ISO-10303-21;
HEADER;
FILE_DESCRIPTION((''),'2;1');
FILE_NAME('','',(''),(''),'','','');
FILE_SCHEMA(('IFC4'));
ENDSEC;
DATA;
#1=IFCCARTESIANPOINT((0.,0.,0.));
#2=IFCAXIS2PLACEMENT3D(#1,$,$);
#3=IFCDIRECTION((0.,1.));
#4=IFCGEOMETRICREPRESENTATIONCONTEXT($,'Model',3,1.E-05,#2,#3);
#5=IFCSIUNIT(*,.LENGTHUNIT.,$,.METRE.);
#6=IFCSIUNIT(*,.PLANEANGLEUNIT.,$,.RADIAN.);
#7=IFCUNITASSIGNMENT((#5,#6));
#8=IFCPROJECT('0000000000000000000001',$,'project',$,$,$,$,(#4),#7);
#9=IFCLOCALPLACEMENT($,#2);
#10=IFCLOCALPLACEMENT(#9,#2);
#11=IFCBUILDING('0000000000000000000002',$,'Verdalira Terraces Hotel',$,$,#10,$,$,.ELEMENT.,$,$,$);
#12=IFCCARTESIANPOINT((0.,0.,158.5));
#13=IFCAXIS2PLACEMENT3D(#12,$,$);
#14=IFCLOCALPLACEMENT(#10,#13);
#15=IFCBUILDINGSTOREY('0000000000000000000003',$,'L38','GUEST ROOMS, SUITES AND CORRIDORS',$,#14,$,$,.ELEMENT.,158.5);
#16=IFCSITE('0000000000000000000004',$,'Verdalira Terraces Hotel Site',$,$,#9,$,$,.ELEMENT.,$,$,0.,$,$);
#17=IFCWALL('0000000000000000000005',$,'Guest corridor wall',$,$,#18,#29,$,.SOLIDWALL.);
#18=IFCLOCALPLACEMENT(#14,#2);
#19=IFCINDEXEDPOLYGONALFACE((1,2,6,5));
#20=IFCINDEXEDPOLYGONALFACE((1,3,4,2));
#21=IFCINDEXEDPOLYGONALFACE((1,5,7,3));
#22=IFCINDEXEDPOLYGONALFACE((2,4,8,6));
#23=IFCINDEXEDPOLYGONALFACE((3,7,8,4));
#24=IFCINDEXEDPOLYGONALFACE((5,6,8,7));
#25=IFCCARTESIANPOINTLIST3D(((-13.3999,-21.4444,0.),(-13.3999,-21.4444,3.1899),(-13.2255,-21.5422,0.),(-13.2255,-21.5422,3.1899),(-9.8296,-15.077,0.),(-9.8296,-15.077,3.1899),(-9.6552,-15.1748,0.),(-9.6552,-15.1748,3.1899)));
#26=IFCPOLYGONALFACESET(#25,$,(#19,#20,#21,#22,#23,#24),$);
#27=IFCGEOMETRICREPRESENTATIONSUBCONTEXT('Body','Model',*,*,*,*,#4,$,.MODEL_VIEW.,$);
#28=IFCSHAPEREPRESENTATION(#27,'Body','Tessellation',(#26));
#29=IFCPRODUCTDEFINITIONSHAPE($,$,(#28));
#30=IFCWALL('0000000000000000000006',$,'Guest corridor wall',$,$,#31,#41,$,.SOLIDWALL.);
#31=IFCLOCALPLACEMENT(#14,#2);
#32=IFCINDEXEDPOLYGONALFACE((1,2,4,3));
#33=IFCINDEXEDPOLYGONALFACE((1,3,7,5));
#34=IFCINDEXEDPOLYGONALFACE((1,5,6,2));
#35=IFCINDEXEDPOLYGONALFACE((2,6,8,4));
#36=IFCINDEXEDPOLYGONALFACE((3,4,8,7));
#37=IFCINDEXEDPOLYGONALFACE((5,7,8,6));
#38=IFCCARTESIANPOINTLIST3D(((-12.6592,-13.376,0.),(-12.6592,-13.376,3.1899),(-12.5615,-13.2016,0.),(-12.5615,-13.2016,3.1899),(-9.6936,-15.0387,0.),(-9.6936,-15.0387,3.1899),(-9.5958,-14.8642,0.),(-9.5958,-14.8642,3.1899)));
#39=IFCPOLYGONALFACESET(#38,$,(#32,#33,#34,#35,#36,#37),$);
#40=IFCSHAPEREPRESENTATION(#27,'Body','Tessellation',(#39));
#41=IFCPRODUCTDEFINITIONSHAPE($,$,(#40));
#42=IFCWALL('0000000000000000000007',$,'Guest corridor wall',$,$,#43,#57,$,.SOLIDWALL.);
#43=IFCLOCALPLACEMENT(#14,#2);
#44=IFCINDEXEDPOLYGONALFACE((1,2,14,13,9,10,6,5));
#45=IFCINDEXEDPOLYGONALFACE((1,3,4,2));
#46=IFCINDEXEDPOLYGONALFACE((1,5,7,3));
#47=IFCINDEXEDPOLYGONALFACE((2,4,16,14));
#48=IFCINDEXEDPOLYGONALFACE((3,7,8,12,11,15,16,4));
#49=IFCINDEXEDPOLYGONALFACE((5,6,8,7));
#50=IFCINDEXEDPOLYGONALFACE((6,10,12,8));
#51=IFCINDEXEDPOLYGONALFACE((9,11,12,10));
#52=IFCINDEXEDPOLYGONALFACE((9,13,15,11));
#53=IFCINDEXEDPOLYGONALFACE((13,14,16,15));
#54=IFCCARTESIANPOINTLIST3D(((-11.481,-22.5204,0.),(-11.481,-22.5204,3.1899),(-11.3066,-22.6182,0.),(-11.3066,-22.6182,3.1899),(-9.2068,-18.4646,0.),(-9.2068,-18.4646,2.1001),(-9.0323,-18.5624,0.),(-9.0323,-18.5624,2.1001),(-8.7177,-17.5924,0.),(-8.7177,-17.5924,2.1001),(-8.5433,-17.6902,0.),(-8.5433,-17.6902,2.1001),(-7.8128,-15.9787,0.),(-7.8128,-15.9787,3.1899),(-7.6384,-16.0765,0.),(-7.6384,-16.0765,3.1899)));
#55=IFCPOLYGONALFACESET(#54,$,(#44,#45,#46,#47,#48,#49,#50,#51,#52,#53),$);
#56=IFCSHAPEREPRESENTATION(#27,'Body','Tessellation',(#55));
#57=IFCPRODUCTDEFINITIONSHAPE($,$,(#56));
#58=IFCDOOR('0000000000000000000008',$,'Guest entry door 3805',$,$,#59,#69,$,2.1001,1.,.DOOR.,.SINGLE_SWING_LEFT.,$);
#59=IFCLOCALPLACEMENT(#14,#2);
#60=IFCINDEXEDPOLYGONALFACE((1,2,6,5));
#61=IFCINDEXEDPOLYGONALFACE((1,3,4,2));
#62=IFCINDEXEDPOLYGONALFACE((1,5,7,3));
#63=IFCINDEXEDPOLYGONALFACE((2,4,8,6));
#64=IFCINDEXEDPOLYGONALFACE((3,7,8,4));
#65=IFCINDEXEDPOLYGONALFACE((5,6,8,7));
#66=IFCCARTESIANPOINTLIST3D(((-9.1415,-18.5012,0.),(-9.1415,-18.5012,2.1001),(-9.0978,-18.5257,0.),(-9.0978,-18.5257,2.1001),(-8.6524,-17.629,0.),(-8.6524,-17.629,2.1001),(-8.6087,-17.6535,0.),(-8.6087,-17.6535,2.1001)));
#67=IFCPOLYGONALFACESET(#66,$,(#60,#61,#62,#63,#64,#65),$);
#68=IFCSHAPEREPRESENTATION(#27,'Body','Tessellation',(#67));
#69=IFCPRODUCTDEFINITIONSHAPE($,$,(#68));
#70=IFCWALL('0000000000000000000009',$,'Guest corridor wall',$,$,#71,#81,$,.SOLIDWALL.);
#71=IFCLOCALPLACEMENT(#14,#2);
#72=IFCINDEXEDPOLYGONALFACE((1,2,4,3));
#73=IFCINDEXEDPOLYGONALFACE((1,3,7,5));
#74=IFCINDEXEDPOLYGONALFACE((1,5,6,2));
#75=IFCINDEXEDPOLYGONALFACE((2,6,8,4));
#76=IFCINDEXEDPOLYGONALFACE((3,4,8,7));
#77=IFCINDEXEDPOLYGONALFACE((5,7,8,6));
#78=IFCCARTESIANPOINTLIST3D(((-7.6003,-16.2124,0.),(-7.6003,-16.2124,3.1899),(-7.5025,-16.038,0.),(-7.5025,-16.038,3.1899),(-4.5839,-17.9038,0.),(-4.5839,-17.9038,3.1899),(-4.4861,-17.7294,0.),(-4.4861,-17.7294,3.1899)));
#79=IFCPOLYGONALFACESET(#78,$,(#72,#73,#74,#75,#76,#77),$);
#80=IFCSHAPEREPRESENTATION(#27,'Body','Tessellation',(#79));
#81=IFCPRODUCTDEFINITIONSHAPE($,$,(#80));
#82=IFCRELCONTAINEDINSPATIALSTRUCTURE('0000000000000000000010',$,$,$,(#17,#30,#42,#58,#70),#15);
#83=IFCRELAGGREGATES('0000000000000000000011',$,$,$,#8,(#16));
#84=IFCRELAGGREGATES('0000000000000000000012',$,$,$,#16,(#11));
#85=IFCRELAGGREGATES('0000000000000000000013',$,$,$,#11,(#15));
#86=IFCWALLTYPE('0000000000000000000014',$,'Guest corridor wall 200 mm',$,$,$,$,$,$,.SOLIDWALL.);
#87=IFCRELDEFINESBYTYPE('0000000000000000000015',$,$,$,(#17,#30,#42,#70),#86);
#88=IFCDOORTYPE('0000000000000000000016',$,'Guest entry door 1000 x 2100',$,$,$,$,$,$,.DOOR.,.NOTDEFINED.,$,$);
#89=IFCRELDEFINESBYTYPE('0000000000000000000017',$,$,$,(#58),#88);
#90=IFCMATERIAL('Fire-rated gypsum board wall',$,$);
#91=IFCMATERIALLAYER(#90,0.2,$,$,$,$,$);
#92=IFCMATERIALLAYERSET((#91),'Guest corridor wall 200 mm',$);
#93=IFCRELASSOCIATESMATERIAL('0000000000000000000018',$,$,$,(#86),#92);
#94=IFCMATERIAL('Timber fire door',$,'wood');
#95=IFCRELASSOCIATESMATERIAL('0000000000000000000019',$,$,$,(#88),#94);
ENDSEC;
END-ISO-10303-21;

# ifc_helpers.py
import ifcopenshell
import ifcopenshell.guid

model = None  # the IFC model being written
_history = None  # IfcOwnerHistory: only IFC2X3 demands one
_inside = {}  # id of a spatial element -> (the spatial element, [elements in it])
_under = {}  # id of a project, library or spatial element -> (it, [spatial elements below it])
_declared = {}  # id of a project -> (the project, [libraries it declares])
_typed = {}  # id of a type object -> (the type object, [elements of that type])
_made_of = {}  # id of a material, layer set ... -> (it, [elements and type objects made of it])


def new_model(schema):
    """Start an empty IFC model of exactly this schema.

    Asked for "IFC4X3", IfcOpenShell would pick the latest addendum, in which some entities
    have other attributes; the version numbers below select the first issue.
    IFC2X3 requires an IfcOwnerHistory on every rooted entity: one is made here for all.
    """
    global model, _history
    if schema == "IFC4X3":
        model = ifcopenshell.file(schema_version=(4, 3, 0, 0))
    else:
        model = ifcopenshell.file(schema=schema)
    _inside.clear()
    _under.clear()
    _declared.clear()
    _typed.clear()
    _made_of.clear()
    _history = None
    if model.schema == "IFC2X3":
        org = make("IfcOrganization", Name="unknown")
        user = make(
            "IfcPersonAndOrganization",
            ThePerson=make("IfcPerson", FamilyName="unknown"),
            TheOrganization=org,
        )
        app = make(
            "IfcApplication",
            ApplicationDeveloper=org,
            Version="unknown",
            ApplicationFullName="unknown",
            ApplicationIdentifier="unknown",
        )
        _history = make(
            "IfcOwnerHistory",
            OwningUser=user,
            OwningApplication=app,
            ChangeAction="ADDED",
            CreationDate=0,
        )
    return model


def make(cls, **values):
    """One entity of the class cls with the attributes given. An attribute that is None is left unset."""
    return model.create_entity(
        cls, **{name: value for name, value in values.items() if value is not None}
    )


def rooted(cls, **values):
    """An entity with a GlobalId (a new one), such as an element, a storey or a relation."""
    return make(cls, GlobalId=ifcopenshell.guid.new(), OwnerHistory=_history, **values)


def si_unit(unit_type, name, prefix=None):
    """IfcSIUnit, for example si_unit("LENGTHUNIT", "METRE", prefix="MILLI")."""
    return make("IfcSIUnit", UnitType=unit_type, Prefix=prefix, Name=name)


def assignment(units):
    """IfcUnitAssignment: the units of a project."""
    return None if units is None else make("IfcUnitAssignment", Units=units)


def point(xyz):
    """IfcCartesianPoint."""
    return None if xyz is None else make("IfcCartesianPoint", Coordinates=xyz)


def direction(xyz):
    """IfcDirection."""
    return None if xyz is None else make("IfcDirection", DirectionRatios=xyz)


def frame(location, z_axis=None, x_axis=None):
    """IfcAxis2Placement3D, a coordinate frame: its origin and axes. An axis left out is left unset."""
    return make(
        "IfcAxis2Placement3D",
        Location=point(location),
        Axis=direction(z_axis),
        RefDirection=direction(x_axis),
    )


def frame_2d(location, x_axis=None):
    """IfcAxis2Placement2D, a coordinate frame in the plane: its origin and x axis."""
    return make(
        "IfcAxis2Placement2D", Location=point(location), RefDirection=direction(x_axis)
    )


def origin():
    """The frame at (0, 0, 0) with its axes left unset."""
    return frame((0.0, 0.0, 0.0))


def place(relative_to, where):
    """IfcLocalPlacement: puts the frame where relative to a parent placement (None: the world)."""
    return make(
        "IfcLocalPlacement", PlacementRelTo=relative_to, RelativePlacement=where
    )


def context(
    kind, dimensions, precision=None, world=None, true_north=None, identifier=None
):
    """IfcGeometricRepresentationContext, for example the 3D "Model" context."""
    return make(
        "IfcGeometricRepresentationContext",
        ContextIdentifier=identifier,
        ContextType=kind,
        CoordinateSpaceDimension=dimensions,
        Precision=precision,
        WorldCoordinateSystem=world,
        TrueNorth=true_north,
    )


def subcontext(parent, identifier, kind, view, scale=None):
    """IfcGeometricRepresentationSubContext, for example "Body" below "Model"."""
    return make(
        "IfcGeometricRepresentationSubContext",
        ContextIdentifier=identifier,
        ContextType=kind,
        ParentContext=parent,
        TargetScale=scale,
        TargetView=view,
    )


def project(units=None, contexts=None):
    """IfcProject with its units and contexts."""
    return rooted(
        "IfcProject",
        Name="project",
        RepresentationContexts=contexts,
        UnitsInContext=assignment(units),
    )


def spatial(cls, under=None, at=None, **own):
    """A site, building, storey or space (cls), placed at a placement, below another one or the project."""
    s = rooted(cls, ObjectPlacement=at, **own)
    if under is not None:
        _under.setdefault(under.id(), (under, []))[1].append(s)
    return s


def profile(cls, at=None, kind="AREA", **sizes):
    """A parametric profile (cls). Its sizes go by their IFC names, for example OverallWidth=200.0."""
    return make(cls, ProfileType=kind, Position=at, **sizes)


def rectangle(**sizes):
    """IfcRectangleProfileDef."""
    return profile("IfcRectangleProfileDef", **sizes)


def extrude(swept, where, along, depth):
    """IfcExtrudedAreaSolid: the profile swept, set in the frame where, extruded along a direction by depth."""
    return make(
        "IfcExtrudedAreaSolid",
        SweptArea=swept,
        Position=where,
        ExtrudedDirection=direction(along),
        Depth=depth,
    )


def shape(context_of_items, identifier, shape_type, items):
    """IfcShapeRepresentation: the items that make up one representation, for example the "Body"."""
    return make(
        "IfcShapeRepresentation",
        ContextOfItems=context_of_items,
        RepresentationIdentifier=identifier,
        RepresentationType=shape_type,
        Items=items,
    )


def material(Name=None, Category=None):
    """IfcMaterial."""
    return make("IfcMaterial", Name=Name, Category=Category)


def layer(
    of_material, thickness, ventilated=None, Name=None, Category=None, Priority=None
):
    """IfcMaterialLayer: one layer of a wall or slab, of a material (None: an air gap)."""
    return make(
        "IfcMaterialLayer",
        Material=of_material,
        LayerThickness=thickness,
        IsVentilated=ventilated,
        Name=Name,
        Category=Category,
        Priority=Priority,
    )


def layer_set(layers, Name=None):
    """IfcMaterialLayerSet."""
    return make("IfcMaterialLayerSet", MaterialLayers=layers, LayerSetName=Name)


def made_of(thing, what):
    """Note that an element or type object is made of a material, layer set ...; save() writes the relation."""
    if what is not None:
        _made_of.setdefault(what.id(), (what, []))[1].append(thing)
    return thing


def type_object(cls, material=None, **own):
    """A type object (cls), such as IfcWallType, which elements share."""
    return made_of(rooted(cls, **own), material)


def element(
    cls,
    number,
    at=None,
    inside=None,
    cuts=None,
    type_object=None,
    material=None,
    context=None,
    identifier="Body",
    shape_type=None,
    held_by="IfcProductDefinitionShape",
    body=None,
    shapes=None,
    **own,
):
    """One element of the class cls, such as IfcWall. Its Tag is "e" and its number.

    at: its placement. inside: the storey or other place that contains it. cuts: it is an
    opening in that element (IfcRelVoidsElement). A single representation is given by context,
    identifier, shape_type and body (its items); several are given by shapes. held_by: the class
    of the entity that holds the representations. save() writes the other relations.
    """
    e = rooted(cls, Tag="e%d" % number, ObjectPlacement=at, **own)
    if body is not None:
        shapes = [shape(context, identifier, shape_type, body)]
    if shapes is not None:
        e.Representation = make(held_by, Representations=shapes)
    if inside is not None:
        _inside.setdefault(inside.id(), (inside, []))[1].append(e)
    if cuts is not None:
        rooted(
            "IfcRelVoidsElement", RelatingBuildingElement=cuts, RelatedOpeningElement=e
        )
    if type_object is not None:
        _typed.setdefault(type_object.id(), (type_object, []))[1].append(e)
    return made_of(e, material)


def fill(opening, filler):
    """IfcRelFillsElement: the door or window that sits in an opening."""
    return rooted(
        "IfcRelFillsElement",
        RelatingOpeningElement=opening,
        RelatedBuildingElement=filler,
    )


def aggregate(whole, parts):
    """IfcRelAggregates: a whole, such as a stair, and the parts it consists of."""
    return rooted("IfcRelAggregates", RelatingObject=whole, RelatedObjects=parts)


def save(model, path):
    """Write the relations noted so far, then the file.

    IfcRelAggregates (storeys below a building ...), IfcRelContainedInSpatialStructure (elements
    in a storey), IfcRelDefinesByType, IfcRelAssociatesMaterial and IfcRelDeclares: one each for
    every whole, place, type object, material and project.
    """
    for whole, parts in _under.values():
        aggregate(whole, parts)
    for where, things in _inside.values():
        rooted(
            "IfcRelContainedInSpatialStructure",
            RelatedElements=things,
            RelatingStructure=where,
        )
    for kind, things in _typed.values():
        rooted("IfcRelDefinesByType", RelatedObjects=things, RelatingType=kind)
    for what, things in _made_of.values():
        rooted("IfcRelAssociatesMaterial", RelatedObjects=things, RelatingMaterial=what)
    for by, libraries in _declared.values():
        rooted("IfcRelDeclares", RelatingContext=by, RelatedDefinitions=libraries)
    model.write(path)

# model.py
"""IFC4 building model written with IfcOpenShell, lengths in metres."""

from ifc_helpers import new_model, si_unit, direction, frame, frame_2d, origin, place, context, subcontext, project, spatial, rectangle, extrude, material, layer, layer_set, type_object, element, fill, save


model = new_model("IFC4")

# Units and contexts
model_context = context("Model", 3, precision=1e-05, world=origin(), true_north=direction((0.0, 1.0)))
body_context = subcontext(model_context, "Body", "Model", "MODEL_VIEW")
ifc_project = project(units=[si_unit("LENGTHUNIT", "METRE"), si_unit("PLANEANGLEUNIT", "RADIAN")], contexts=[model_context])

# Site, building, storey
site_placement = place(None, origin())
site = spatial("IfcSite", under=ifc_project, at=site_placement, Name="Verdalira Terraces Hotel Site", CompositionType="ELEMENT", RefElevation=0.0)
building_placement = place(site_placement, origin())
building = spatial("IfcBuilding", under=site, at=building_placement, Name="Verdalira Terraces Hotel", CompositionType="ELEMENT")
storey_placement = place(building_placement, frame((0.0, 0.0, 158.5)))
storey = spatial("IfcBuildingStorey", under=building, at=storey_placement, Name="L38", Description="GUEST ROOMS, SUITES AND CORRIDORS", CompositionType="ELEMENT", Elevation=158.5)

# Walls
ifc_material_1 = material(Name="Fire-rated gypsum board wall")
ifc_layer_1 = layer(ifc_material_1, 0.2)
ifc_layer_set_1 = layer_set([ifc_layer_1], Name="Guest corridor wall 200 mm")
wall_type_1 = type_object("IfcWallType", Name="Guest corridor wall 200 mm", PredefinedType="SOLIDWALL", material=ifc_layer_set_1)
wall_1_placement = place(storey_placement, frame((-9.7424, -15.126, 0.0), z_axis=(0.0, 0.0, 1.0), x_axis=(-0.489078, -0.87224, 0.0)))
element("IfcWall", 1, at=wall_1_placement, inside=storey, type_object=wall_type_1, Name="Guest corridor wall", PredefinedType="SOLIDWALL", context=body_context, shape_type="SweptSolid", body=[
    extrude(rectangle(XDim=7.3, YDim=0.2, at=frame_2d((3.6499, 0.0))), origin(), (0.0, 0.0, 1.0), 3.1899),
])
wall_2_placement = place(storey_placement, frame((-12.6104, -13.2888, 0.0), z_axis=(0.0, 0.0, 1.0), x_axis=(0.872271, -0.489023, 0.0)))
element("IfcWall", 2, at=wall_2_placement, inside=storey, type_object=wall_type_1, Name="Guest corridor wall", PredefinedType="SOLIDWALL", context=body_context, shape_type="SweptSolid", body=[
    extrude(rectangle(XDim=3.3999, YDim=0.2, at=frame_2d((1.7, 0.0))), origin(), (0.0, 0.0, 1.0), 3.1899),
])

# Wall, opening, door
wall_3_placement = place(storey_placement, frame((-7.7256, -16.0276, 0.0), z_axis=(0.0, 0.0, 1.0), x_axis=(-0.489094, -0.872231, 0.0)))
wall_3 = element("IfcWall", 3, at=wall_3_placement, inside=storey, type_object=wall_type_1, Name="Guest corridor wall", PredefinedType="SOLIDWALL", context=body_context, shape_type="SweptSolid", body=[
    extrude(rectangle(XDim=7.5, YDim=0.2, at=frame_2d((3.75, 0.0))), origin(), (0.0, 0.0, 1.0), 3.1899),
])
opening_1_placement = place(wall_3_placement, frame((1.8501, 0.0, 0.0)))
opening_1 = element("IfcOpeningElement", 4, at=opening_1_placement, cuts=wall_3, PredefinedType="OPENING", context=body_context, shape_type="SweptSolid", body=[
    extrude(rectangle(XDim=1.0, YDim=2.1001, at=frame_2d((0.5, 1.05))), frame((0.0, 0.1099, 0.0), z_axis=(0.0, -1.0, 0.0), x_axis=(1.0, 0.0, 0.0)), (0.0, 0.0, 1.0), 0.22),
])
ifc_material_2 = material(Name="Timber fire door", Category="wood")
door_type_1 = type_object("IfcDoorType", Name="Guest entry door 1000 x 2100", OperationType="NOTDEFINED", PredefinedType="DOOR", material=ifc_material_2)
door_1_placement = place(opening_1_placement, origin())
door_1 = element("IfcDoor", 5, at=door_1_placement, inside=storey, type_object=door_type_1, Name="Guest entry door 3805", OperationType="SINGLE_SWING_LEFT", OverallHeight=2.1001, OverallWidth=1.0, PredefinedType="DOOR", context=body_context, shape_type="SweptSolid", body=[
    extrude(rectangle(XDim=1.0, YDim=2.1001, at=frame_2d((0.5, 1.05))), frame((0.0, 0.0249, 0.0), z_axis=(0.0, -1.0, 0.0), x_axis=(1.0, 0.0, 0.0)), (0.0, 0.0, 1.0), 0.05),
])
fill(opening_1, door_1)

# Wall
wall_4_placement = place(storey_placement, frame((-7.5513, -16.1252, 0.0), z_axis=(0.0, 0.0, 1.0), x_axis=(0.872229, -0.489098, 0.0)))
element("IfcWall", 6, at=wall_4_placement, inside=storey, type_object=wall_type_1, Name="Guest corridor wall", PredefinedType="SOLIDWALL", context=body_context, shape_type="SweptSolid", body=[
    extrude(rectangle(XDim=3.4583, YDim=0.2, at=frame_2d((1.729, 0.0))), origin(), (0.0, 0.0, 1.0), 3.1899),
])

save(model, "model.ifc")
